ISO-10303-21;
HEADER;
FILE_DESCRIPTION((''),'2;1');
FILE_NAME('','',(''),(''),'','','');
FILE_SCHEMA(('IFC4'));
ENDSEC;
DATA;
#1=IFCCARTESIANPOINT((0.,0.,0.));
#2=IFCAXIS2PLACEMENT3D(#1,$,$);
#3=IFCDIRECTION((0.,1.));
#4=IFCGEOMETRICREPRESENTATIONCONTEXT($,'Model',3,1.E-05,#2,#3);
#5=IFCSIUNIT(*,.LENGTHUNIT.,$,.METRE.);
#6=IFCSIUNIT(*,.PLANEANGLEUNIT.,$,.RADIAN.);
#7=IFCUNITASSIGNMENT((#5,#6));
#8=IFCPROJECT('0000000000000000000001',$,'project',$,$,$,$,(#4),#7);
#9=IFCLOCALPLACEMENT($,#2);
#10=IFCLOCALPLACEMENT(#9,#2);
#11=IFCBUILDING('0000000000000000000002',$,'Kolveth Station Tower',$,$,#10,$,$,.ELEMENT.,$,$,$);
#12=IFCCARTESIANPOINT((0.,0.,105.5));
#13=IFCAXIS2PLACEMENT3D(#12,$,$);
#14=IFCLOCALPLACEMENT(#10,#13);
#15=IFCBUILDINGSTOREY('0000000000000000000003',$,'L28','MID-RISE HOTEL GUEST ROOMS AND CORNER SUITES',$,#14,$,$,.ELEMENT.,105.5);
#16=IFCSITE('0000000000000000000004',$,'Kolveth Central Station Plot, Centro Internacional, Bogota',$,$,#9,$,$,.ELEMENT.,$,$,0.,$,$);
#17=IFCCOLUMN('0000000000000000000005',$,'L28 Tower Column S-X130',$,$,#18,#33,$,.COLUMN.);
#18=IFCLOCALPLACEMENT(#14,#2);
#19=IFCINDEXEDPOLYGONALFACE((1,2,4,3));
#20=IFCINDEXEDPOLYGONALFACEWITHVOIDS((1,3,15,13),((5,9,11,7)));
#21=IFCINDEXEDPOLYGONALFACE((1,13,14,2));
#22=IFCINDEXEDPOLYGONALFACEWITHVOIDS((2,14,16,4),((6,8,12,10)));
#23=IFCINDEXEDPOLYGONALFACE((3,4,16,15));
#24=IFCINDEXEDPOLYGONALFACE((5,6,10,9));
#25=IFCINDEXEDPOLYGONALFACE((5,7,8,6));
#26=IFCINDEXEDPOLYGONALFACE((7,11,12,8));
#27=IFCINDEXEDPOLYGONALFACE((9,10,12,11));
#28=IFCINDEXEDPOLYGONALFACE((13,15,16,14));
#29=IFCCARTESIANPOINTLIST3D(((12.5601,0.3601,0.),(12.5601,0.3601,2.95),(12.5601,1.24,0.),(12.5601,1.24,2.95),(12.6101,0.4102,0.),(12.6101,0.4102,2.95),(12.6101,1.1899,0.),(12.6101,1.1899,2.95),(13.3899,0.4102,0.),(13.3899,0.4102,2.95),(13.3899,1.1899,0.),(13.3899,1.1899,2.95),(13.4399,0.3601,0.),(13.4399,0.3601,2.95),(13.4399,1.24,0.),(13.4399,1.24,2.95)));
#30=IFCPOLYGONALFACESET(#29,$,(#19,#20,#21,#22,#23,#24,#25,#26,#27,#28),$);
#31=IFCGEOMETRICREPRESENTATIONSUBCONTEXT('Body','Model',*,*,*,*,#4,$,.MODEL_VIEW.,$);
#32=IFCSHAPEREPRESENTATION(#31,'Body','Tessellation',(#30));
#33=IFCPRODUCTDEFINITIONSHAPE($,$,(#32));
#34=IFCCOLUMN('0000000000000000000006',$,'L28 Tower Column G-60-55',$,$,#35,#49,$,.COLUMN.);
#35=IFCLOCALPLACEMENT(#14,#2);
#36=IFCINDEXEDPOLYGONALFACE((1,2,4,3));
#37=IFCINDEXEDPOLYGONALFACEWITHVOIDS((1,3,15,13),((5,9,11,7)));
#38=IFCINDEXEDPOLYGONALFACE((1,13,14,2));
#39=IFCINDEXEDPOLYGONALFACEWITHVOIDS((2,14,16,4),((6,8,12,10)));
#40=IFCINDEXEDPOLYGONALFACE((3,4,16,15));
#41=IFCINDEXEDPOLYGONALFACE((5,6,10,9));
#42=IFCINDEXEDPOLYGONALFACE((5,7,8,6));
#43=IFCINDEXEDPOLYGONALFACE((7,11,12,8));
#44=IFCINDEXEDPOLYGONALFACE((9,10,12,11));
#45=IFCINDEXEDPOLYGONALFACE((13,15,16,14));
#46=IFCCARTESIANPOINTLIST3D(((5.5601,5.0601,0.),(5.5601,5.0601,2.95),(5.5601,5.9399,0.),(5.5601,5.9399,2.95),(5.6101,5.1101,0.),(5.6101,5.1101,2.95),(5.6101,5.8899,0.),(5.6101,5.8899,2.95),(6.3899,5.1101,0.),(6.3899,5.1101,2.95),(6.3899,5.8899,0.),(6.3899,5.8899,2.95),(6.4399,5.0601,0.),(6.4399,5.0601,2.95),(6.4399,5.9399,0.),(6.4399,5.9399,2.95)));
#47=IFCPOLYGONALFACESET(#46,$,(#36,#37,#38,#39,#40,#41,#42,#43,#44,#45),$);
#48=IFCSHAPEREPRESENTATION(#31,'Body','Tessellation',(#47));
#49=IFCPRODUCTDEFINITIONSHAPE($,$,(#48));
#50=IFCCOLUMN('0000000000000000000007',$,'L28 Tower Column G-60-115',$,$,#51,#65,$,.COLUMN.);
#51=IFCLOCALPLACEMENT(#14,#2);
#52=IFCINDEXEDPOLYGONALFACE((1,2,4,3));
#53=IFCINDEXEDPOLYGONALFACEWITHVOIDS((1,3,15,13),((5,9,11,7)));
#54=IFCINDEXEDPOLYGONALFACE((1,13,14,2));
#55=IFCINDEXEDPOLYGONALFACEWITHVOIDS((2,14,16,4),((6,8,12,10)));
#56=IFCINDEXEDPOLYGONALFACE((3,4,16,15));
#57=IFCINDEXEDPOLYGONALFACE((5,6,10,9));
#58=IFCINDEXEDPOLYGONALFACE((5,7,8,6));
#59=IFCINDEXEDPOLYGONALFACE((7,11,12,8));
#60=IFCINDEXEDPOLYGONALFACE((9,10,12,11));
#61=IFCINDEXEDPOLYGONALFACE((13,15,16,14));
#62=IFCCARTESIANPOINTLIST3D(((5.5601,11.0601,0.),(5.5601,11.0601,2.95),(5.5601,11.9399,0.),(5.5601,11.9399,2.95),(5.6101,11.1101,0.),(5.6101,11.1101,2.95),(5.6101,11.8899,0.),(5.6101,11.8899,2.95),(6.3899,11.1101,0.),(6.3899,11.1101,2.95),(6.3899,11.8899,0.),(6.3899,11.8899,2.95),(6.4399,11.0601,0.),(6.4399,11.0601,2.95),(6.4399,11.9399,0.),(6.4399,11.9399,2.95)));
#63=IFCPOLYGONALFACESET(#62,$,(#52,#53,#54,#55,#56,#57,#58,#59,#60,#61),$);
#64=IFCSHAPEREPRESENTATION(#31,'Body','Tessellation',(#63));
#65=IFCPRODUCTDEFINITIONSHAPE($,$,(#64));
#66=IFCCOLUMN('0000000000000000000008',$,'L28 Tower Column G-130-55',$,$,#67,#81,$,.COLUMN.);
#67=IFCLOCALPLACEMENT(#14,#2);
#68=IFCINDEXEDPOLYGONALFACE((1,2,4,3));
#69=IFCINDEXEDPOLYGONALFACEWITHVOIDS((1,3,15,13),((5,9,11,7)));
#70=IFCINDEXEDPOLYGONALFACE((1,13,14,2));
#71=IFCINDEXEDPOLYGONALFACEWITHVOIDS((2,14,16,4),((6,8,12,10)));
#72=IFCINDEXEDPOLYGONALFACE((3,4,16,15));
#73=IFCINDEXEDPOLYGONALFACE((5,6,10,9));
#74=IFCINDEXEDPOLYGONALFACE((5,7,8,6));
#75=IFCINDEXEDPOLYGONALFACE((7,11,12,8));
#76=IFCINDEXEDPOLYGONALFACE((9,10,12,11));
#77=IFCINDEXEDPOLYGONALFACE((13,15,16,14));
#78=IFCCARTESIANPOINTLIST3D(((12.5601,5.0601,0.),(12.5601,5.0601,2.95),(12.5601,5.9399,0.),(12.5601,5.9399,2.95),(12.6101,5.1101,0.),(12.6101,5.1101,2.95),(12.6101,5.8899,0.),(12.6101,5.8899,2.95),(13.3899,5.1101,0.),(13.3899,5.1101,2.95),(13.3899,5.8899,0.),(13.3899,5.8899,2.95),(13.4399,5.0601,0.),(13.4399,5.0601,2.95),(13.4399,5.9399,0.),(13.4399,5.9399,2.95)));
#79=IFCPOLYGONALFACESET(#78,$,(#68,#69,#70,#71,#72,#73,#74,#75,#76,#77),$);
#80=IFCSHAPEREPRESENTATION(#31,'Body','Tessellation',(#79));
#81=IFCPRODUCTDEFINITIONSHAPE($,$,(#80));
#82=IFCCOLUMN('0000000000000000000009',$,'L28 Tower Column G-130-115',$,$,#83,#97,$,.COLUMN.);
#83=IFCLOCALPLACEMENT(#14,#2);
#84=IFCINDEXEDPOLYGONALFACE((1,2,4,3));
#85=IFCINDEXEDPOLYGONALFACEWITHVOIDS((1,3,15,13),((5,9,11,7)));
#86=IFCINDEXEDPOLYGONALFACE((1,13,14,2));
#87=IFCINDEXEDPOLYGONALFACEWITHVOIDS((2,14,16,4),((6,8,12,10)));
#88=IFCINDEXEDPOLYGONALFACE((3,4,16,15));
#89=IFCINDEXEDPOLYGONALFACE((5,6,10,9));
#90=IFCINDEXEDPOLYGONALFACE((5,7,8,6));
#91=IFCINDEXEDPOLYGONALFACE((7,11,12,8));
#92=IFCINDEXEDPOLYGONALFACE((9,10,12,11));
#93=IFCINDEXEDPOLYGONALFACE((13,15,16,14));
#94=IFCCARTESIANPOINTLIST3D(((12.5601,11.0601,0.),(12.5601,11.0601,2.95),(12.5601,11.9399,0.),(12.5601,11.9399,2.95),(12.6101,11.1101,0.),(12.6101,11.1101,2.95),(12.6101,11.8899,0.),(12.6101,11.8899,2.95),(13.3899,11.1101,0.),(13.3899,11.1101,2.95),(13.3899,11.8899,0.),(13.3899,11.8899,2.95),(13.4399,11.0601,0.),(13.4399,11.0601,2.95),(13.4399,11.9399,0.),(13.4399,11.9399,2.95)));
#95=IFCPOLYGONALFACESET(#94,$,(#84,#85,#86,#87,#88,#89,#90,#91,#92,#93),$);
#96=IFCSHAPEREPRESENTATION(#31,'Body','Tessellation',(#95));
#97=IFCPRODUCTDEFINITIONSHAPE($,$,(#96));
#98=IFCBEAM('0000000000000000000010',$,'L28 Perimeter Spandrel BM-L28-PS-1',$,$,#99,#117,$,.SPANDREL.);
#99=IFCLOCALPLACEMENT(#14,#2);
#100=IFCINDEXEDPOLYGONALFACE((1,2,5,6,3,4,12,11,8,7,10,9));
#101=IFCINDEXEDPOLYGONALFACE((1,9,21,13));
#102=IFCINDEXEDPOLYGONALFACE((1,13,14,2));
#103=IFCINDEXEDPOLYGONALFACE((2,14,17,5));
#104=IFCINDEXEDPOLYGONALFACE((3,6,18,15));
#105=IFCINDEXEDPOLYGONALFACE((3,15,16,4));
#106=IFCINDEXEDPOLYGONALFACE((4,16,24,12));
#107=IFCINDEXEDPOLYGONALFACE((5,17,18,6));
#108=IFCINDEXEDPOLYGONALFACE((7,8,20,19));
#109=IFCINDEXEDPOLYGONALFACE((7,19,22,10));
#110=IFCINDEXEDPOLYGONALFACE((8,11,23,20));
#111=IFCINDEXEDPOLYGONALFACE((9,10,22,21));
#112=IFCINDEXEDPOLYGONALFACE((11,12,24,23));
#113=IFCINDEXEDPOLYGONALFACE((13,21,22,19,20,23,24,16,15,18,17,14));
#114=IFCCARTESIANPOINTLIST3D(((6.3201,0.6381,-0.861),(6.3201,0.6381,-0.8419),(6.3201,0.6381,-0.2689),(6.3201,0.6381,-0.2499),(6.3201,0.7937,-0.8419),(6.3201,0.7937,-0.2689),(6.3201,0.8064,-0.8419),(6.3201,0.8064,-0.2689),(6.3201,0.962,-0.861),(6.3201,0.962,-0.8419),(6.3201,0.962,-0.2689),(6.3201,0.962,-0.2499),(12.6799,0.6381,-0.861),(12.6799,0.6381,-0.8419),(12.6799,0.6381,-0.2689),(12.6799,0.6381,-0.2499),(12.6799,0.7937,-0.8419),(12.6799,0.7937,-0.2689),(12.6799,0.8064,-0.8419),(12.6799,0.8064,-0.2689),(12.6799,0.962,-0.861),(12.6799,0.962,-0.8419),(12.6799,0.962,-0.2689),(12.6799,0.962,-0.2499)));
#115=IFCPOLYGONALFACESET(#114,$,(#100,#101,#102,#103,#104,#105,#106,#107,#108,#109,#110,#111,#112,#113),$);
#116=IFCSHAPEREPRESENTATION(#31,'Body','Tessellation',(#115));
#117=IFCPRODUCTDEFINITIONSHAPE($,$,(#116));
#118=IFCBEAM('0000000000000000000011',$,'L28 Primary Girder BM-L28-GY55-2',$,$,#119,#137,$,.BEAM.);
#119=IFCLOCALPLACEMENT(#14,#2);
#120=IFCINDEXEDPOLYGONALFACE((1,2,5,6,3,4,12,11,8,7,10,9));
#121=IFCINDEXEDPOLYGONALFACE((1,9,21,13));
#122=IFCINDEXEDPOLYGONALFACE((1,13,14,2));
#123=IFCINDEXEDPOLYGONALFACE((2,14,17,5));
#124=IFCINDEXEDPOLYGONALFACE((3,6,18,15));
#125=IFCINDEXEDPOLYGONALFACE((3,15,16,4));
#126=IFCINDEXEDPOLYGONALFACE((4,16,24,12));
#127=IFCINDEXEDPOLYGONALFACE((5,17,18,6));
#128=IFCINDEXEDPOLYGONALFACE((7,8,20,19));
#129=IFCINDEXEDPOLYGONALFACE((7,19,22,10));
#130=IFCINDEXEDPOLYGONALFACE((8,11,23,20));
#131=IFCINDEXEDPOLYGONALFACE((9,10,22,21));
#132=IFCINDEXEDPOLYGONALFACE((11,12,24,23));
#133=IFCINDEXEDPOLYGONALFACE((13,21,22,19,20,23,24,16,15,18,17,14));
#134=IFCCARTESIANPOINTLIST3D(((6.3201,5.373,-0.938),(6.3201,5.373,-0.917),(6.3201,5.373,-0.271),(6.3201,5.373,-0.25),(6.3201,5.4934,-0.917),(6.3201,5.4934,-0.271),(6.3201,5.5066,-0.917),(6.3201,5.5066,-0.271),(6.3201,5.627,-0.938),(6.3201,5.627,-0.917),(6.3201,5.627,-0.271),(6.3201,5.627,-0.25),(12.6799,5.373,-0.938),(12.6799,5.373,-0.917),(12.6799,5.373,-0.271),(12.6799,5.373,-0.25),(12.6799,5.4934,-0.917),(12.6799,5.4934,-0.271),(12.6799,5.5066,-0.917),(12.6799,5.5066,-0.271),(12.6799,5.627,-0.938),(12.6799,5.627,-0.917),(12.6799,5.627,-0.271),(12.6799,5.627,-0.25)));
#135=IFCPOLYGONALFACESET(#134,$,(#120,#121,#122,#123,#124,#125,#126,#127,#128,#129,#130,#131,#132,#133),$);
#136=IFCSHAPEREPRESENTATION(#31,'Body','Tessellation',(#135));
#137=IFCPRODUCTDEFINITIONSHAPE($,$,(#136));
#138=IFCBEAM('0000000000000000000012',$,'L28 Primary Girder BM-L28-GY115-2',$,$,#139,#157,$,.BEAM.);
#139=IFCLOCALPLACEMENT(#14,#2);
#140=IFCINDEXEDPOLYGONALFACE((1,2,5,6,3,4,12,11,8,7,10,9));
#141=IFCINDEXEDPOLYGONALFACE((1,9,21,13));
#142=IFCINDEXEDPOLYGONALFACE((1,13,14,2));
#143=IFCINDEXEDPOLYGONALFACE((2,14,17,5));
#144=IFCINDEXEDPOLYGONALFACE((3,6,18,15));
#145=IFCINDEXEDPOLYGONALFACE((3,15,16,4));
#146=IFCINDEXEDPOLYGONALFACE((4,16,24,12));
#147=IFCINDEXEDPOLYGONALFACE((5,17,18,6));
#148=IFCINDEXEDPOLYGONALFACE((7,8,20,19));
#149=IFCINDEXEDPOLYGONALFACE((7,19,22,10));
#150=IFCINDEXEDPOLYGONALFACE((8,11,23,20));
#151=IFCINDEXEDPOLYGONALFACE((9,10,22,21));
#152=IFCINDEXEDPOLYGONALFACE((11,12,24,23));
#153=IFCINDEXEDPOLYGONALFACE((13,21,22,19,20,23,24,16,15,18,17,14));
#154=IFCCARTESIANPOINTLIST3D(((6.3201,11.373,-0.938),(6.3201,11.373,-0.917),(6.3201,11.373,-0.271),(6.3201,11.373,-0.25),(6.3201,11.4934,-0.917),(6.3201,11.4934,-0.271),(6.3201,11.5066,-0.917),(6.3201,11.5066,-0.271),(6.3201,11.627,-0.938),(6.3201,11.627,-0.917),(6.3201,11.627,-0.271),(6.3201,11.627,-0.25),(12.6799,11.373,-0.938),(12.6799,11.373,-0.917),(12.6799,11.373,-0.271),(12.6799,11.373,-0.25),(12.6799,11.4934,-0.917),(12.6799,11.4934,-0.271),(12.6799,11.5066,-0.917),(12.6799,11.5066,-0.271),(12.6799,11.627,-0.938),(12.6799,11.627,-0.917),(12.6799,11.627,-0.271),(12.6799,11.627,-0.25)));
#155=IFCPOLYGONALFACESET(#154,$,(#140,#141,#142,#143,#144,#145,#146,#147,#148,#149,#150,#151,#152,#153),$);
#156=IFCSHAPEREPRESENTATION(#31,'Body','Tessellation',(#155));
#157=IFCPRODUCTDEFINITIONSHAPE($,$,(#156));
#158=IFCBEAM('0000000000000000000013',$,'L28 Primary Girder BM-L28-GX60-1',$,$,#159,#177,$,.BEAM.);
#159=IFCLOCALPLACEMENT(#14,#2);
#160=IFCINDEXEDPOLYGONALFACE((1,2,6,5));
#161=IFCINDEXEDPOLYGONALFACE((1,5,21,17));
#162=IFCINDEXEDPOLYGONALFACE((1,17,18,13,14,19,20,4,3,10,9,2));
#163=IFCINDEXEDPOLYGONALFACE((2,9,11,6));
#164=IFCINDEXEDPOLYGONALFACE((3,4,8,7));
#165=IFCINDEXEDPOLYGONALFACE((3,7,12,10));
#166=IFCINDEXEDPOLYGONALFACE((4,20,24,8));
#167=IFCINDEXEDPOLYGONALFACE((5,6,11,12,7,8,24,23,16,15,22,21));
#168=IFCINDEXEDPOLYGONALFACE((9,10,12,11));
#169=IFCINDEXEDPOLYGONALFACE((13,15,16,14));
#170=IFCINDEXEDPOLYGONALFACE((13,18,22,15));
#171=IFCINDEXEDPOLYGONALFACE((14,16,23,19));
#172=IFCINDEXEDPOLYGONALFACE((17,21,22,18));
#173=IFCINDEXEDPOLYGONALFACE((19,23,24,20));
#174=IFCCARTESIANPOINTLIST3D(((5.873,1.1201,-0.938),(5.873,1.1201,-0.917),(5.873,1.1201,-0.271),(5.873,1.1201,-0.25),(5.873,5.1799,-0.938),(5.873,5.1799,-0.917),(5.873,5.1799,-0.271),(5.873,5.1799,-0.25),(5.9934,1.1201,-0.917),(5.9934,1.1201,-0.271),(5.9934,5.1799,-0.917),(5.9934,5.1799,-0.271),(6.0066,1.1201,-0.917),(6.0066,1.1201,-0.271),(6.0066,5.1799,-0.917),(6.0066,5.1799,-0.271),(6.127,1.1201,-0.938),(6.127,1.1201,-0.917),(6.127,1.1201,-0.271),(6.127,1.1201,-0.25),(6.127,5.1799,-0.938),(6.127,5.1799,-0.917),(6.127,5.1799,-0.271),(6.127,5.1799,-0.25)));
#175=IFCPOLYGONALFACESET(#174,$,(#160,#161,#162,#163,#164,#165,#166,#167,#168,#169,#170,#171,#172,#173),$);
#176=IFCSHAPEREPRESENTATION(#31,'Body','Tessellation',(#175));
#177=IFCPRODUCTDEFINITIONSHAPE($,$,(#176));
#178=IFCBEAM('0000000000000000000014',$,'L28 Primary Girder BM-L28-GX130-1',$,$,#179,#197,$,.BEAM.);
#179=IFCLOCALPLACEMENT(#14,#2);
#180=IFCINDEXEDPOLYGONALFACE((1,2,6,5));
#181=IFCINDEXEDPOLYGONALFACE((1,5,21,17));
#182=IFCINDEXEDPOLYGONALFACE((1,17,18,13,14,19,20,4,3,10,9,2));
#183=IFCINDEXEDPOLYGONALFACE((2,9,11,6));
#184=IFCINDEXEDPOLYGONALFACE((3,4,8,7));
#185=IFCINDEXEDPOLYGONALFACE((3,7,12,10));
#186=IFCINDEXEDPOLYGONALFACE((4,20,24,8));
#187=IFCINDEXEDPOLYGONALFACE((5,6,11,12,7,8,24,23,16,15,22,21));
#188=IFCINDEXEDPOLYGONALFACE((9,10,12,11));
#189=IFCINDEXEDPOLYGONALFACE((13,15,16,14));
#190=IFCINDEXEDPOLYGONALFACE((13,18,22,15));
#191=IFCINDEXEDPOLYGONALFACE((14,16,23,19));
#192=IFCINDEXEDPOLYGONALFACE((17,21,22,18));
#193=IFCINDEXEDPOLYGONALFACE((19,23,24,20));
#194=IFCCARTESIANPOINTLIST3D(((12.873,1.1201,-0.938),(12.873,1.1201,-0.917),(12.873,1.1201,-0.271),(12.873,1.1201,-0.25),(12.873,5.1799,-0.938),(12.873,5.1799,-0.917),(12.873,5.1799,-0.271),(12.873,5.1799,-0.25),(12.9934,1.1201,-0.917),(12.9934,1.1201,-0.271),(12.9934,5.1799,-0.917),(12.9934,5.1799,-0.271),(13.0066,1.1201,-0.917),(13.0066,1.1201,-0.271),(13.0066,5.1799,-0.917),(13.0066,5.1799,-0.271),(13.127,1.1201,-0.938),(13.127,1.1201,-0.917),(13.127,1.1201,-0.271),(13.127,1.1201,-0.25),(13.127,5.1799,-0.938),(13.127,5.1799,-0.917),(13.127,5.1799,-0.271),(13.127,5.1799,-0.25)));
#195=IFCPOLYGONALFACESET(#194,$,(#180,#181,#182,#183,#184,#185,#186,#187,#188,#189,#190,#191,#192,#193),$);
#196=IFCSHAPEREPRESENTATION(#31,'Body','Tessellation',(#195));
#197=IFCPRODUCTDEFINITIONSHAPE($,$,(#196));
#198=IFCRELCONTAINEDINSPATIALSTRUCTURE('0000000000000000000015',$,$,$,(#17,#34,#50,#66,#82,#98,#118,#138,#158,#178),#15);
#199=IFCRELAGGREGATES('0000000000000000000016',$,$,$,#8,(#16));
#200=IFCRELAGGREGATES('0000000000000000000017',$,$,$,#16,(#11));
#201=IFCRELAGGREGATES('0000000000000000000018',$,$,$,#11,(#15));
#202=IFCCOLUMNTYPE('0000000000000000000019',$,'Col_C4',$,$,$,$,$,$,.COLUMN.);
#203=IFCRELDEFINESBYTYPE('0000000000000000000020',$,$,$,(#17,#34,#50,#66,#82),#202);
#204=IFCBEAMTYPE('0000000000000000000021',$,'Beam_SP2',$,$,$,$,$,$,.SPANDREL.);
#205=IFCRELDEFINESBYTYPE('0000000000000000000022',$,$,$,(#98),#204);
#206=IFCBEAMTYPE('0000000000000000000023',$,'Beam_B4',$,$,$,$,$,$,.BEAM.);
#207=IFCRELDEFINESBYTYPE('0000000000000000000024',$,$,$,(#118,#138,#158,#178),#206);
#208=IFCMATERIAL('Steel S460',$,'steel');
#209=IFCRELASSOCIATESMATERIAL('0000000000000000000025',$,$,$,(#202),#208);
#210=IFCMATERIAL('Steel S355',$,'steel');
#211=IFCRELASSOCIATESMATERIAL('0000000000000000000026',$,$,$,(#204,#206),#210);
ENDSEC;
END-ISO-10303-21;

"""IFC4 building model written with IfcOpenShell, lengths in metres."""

from ifc_helpers import new_model, si_unit, direction, frame, origin, origin_2d, place, context, subcontext, project, spatial, hollow_rectangle, i_section, extrude, source, transform, mapped, material, material_profile, profile_set, type_object, element, save


model = new_model("IFC4")

# Units and contexts
model_context = context("Model", 3, precision=1e-05, world=origin(), true_north=direction((0.0, 1.0)))
body_context = subcontext(model_context, "Body", "Model", "MODEL_VIEW")
ifc_project = project(units=[si_unit("LENGTHUNIT", "METRE"), si_unit("PLANEANGLEUNIT", "RADIAN")], contexts=[model_context])

# Site, building, storey
site_placement = place(None, origin())
site = spatial("IfcSite", under=ifc_project, at=site_placement, Name="Kolveth Central Station Plot, Centro Internacional, Bogota", CompositionType="ELEMENT", RefElevation=0.0)
building_placement = place(site_placement, origin())
building = spatial("IfcBuilding", under=site, at=building_placement, Name="Kolveth Station Tower", CompositionType="ELEMENT")
storey_placement = place(building_placement, frame((0.0, 0.0, 105.5)))
storey = spatial("IfcBuildingStorey", under=building, at=storey_placement, Name="L28", Description="MID-RISE HOTEL GUEST ROOMS AND CORNER SUITES", CompositionType="ELEMENT", Elevation=105.5)

# Columns
ifc_material_1 = material(Name="Steel S460", Category="steel")
ifc_material_profile_1 = material_profile(ifc_material_1, hollow_rectangle(XDim=0.8799, YDim=0.8799, WallThickness=0.05, at=origin_2d()), Name="BOX880x880x50")
ifc_profile_set_1 = profile_set([ifc_material_profile_1], Name="Steel S460")
column_type = type_object("IfcColumnType", Name="Col_C4", PredefinedType="COLUMN", material=ifc_profile_set_1)
shared_shape_1 = source(origin(), body_context, "Body", "SweptSolid", [
    extrude(hollow_rectangle(XDim=0.8799, YDim=0.8799, WallThickness=0.05, at=origin_2d()), origin(), (0.0, 0.0, 1.0), 2.95),
])
for number, where, z_axis, x_axis, name in (
    (1, (13.0, 0.8, 0.0), (0.0, 0.0, 1.0), (1.0, 0.0, 0.0), "L28 Tower Column S-X130"),
    (2, (6.0, 5.5, 0.0), (0.0, 0.0, 1.0), (1.0, 0.0, 0.0), "L28 Tower Column G-60-55"),
    (3, (6.0, 11.5, 0.0), (0.0, 0.0, 1.0), (1.0, 0.0, 0.0), "L28 Tower Column G-60-115"),
    (4, (13.0, 5.5, 0.0), (0.0, 0.0, 1.0), (1.0, 0.0, 0.0), "L28 Tower Column G-130-55"),
    (5, (13.0, 11.5, 0.0), (0.0, 0.0, 1.0), (1.0, 0.0, 0.0), "L28 Tower Column G-130-115"),
):
    element("IfcColumn", number, at=place(storey_placement, frame(where, z_axis=z_axis, x_axis=x_axis)), inside=storey, type_object=column_type, Name=name, PredefinedType="COLUMN", context=body_context, shape_type="MappedRepresentation", body=[
        mapped(shared_shape_1, transform((0.0, 0.0, 0.0), x_axis=(1.0, 0.0, 0.0), y_axis=(0.0, 1.0, 0.0), z_axis=(0.0, 0.0, 1.0), scale=1.0)),
    ])

# Beams
ifc_material_2 = material(Name="Steel S355", Category="steel")
ifc_material_profile_2 = material_profile(ifc_material_2, i_section(OverallWidth=0.324, OverallDepth=0.6111, WebThickness=0.0127, FlangeThickness=0.019, at=origin_2d()), Name="W610x155")
ifc_profile_set_2 = profile_set([ifc_material_profile_2], Name="Steel S355")
beam_type_1 = type_object("IfcBeamType", Name="Beam_SP2", PredefinedType="SPANDREL", material=ifc_profile_set_2)
shared_shape_2 = source(origin(), body_context, "Body", "SweptSolid", [
    extrude(i_section(OverallWidth=0.324, OverallDepth=0.6111, WebThickness=0.0127, FlangeThickness=0.019, at=origin_2d()), origin(), (0.0, 0.0, 1.0), 6.3599),
])
beam_1_placement = place(storey_placement, frame((6.3201, 0.8, -0.5554), z_axis=(1.0, 0.0, 0.0), x_axis=(0.0, 1.0, 0.0)))
element("IfcBeam", 6, at=beam_1_placement, inside=storey, type_object=beam_type_1, Name="L28 Perimeter Spandrel BM-L28-PS-1", PredefinedType="SPANDREL", context=body_context, shape_type="MappedRepresentation", body=[
    mapped(shared_shape_2, transform((0.0, 0.0, 0.0), x_axis=(1.0, 0.0, 0.0), y_axis=(0.0, 1.0, 0.0), z_axis=(0.0, 0.0, 1.0), scale=1.0)),
])
ifc_material_profile_3 = material_profile(ifc_material_2, i_section(OverallWidth=0.2539, OverallDepth=0.688, WebThickness=0.0132, FlangeThickness=0.021, at=origin_2d()), Name="W690x152")
ifc_profile_set_3 = profile_set([ifc_material_profile_3], Name="Steel S355")
beam_type_2 = type_object("IfcBeamType", Name="Beam_B4", PredefinedType="BEAM", material=ifc_profile_set_3)
shared_shape_3 = source(origin(), body_context, "Body", "SweptSolid", [
    extrude(i_section(OverallWidth=0.2539, OverallDepth=0.688, WebThickness=0.0132, FlangeThickness=0.021, at=origin_2d()), origin(), (0.0, 0.0, 1.0), 6.3599),
])
for number, where, z_axis, x_axis, name in (
    (7, (6.3201, 5.5, -0.594), (1.0, 0.0, 0.0), (0.0, 1.0, 0.0), "L28 Primary Girder BM-L28-GY55-2"),
    (8, (6.3201, 11.5, -0.594), (1.0, 0.0, 0.0), (0.0, 1.0, 0.0), "L28 Primary Girder BM-L28-GY115-2"),
):
    element("IfcBeam", number, at=place(storey_placement, frame(where, z_axis=z_axis, x_axis=x_axis)), inside=storey, type_object=beam_type_2, Name=name, PredefinedType="BEAM", context=body_context, shape_type="MappedRepresentation", body=[
        mapped(shared_shape_3, transform((0.0, 0.0, 0.0), x_axis=(1.0, 0.0, 0.0), y_axis=(0.0, 1.0, 0.0), z_axis=(0.0, 0.0, 1.0), scale=1.0)),
    ])
shared_shape_4 = source(origin(), body_context, "Body", "SweptSolid", [
    extrude(i_section(OverallWidth=0.2539, OverallDepth=0.688, WebThickness=0.0132, FlangeThickness=0.021, at=origin_2d()), origin(), (0.0, 0.0, 1.0), 4.0598),
])
for number, where, z_axis, x_axis, name in (
    (9, (6.0, 1.1201, -0.594), (0.0, 1.0, 0.0), (-1.0, 0.0, 0.0), "L28 Primary Girder BM-L28-GX60-1"),
    (10, (13.0, 1.1201, -0.594), (0.0, 1.0, 0.0), (-1.0, 0.0, 0.0), "L28 Primary Girder BM-L28-GX130-1"),
):
    element("IfcBeam", number, at=place(storey_placement, frame(where, z_axis=z_axis, x_axis=x_axis)), inside=storey, type_object=beam_type_2, Name=name, PredefinedType="BEAM", context=body_context, shape_type="MappedRepresentation", body=[
        mapped(shared_shape_4, transform((0.0, 0.0, 0.0), x_axis=(1.0, 0.0, 0.0), y_axis=(0.0, 1.0, 0.0), z_axis=(0.0, 0.0, 1.0), scale=1.0)),
    ])

save(model, "model.ifc")
